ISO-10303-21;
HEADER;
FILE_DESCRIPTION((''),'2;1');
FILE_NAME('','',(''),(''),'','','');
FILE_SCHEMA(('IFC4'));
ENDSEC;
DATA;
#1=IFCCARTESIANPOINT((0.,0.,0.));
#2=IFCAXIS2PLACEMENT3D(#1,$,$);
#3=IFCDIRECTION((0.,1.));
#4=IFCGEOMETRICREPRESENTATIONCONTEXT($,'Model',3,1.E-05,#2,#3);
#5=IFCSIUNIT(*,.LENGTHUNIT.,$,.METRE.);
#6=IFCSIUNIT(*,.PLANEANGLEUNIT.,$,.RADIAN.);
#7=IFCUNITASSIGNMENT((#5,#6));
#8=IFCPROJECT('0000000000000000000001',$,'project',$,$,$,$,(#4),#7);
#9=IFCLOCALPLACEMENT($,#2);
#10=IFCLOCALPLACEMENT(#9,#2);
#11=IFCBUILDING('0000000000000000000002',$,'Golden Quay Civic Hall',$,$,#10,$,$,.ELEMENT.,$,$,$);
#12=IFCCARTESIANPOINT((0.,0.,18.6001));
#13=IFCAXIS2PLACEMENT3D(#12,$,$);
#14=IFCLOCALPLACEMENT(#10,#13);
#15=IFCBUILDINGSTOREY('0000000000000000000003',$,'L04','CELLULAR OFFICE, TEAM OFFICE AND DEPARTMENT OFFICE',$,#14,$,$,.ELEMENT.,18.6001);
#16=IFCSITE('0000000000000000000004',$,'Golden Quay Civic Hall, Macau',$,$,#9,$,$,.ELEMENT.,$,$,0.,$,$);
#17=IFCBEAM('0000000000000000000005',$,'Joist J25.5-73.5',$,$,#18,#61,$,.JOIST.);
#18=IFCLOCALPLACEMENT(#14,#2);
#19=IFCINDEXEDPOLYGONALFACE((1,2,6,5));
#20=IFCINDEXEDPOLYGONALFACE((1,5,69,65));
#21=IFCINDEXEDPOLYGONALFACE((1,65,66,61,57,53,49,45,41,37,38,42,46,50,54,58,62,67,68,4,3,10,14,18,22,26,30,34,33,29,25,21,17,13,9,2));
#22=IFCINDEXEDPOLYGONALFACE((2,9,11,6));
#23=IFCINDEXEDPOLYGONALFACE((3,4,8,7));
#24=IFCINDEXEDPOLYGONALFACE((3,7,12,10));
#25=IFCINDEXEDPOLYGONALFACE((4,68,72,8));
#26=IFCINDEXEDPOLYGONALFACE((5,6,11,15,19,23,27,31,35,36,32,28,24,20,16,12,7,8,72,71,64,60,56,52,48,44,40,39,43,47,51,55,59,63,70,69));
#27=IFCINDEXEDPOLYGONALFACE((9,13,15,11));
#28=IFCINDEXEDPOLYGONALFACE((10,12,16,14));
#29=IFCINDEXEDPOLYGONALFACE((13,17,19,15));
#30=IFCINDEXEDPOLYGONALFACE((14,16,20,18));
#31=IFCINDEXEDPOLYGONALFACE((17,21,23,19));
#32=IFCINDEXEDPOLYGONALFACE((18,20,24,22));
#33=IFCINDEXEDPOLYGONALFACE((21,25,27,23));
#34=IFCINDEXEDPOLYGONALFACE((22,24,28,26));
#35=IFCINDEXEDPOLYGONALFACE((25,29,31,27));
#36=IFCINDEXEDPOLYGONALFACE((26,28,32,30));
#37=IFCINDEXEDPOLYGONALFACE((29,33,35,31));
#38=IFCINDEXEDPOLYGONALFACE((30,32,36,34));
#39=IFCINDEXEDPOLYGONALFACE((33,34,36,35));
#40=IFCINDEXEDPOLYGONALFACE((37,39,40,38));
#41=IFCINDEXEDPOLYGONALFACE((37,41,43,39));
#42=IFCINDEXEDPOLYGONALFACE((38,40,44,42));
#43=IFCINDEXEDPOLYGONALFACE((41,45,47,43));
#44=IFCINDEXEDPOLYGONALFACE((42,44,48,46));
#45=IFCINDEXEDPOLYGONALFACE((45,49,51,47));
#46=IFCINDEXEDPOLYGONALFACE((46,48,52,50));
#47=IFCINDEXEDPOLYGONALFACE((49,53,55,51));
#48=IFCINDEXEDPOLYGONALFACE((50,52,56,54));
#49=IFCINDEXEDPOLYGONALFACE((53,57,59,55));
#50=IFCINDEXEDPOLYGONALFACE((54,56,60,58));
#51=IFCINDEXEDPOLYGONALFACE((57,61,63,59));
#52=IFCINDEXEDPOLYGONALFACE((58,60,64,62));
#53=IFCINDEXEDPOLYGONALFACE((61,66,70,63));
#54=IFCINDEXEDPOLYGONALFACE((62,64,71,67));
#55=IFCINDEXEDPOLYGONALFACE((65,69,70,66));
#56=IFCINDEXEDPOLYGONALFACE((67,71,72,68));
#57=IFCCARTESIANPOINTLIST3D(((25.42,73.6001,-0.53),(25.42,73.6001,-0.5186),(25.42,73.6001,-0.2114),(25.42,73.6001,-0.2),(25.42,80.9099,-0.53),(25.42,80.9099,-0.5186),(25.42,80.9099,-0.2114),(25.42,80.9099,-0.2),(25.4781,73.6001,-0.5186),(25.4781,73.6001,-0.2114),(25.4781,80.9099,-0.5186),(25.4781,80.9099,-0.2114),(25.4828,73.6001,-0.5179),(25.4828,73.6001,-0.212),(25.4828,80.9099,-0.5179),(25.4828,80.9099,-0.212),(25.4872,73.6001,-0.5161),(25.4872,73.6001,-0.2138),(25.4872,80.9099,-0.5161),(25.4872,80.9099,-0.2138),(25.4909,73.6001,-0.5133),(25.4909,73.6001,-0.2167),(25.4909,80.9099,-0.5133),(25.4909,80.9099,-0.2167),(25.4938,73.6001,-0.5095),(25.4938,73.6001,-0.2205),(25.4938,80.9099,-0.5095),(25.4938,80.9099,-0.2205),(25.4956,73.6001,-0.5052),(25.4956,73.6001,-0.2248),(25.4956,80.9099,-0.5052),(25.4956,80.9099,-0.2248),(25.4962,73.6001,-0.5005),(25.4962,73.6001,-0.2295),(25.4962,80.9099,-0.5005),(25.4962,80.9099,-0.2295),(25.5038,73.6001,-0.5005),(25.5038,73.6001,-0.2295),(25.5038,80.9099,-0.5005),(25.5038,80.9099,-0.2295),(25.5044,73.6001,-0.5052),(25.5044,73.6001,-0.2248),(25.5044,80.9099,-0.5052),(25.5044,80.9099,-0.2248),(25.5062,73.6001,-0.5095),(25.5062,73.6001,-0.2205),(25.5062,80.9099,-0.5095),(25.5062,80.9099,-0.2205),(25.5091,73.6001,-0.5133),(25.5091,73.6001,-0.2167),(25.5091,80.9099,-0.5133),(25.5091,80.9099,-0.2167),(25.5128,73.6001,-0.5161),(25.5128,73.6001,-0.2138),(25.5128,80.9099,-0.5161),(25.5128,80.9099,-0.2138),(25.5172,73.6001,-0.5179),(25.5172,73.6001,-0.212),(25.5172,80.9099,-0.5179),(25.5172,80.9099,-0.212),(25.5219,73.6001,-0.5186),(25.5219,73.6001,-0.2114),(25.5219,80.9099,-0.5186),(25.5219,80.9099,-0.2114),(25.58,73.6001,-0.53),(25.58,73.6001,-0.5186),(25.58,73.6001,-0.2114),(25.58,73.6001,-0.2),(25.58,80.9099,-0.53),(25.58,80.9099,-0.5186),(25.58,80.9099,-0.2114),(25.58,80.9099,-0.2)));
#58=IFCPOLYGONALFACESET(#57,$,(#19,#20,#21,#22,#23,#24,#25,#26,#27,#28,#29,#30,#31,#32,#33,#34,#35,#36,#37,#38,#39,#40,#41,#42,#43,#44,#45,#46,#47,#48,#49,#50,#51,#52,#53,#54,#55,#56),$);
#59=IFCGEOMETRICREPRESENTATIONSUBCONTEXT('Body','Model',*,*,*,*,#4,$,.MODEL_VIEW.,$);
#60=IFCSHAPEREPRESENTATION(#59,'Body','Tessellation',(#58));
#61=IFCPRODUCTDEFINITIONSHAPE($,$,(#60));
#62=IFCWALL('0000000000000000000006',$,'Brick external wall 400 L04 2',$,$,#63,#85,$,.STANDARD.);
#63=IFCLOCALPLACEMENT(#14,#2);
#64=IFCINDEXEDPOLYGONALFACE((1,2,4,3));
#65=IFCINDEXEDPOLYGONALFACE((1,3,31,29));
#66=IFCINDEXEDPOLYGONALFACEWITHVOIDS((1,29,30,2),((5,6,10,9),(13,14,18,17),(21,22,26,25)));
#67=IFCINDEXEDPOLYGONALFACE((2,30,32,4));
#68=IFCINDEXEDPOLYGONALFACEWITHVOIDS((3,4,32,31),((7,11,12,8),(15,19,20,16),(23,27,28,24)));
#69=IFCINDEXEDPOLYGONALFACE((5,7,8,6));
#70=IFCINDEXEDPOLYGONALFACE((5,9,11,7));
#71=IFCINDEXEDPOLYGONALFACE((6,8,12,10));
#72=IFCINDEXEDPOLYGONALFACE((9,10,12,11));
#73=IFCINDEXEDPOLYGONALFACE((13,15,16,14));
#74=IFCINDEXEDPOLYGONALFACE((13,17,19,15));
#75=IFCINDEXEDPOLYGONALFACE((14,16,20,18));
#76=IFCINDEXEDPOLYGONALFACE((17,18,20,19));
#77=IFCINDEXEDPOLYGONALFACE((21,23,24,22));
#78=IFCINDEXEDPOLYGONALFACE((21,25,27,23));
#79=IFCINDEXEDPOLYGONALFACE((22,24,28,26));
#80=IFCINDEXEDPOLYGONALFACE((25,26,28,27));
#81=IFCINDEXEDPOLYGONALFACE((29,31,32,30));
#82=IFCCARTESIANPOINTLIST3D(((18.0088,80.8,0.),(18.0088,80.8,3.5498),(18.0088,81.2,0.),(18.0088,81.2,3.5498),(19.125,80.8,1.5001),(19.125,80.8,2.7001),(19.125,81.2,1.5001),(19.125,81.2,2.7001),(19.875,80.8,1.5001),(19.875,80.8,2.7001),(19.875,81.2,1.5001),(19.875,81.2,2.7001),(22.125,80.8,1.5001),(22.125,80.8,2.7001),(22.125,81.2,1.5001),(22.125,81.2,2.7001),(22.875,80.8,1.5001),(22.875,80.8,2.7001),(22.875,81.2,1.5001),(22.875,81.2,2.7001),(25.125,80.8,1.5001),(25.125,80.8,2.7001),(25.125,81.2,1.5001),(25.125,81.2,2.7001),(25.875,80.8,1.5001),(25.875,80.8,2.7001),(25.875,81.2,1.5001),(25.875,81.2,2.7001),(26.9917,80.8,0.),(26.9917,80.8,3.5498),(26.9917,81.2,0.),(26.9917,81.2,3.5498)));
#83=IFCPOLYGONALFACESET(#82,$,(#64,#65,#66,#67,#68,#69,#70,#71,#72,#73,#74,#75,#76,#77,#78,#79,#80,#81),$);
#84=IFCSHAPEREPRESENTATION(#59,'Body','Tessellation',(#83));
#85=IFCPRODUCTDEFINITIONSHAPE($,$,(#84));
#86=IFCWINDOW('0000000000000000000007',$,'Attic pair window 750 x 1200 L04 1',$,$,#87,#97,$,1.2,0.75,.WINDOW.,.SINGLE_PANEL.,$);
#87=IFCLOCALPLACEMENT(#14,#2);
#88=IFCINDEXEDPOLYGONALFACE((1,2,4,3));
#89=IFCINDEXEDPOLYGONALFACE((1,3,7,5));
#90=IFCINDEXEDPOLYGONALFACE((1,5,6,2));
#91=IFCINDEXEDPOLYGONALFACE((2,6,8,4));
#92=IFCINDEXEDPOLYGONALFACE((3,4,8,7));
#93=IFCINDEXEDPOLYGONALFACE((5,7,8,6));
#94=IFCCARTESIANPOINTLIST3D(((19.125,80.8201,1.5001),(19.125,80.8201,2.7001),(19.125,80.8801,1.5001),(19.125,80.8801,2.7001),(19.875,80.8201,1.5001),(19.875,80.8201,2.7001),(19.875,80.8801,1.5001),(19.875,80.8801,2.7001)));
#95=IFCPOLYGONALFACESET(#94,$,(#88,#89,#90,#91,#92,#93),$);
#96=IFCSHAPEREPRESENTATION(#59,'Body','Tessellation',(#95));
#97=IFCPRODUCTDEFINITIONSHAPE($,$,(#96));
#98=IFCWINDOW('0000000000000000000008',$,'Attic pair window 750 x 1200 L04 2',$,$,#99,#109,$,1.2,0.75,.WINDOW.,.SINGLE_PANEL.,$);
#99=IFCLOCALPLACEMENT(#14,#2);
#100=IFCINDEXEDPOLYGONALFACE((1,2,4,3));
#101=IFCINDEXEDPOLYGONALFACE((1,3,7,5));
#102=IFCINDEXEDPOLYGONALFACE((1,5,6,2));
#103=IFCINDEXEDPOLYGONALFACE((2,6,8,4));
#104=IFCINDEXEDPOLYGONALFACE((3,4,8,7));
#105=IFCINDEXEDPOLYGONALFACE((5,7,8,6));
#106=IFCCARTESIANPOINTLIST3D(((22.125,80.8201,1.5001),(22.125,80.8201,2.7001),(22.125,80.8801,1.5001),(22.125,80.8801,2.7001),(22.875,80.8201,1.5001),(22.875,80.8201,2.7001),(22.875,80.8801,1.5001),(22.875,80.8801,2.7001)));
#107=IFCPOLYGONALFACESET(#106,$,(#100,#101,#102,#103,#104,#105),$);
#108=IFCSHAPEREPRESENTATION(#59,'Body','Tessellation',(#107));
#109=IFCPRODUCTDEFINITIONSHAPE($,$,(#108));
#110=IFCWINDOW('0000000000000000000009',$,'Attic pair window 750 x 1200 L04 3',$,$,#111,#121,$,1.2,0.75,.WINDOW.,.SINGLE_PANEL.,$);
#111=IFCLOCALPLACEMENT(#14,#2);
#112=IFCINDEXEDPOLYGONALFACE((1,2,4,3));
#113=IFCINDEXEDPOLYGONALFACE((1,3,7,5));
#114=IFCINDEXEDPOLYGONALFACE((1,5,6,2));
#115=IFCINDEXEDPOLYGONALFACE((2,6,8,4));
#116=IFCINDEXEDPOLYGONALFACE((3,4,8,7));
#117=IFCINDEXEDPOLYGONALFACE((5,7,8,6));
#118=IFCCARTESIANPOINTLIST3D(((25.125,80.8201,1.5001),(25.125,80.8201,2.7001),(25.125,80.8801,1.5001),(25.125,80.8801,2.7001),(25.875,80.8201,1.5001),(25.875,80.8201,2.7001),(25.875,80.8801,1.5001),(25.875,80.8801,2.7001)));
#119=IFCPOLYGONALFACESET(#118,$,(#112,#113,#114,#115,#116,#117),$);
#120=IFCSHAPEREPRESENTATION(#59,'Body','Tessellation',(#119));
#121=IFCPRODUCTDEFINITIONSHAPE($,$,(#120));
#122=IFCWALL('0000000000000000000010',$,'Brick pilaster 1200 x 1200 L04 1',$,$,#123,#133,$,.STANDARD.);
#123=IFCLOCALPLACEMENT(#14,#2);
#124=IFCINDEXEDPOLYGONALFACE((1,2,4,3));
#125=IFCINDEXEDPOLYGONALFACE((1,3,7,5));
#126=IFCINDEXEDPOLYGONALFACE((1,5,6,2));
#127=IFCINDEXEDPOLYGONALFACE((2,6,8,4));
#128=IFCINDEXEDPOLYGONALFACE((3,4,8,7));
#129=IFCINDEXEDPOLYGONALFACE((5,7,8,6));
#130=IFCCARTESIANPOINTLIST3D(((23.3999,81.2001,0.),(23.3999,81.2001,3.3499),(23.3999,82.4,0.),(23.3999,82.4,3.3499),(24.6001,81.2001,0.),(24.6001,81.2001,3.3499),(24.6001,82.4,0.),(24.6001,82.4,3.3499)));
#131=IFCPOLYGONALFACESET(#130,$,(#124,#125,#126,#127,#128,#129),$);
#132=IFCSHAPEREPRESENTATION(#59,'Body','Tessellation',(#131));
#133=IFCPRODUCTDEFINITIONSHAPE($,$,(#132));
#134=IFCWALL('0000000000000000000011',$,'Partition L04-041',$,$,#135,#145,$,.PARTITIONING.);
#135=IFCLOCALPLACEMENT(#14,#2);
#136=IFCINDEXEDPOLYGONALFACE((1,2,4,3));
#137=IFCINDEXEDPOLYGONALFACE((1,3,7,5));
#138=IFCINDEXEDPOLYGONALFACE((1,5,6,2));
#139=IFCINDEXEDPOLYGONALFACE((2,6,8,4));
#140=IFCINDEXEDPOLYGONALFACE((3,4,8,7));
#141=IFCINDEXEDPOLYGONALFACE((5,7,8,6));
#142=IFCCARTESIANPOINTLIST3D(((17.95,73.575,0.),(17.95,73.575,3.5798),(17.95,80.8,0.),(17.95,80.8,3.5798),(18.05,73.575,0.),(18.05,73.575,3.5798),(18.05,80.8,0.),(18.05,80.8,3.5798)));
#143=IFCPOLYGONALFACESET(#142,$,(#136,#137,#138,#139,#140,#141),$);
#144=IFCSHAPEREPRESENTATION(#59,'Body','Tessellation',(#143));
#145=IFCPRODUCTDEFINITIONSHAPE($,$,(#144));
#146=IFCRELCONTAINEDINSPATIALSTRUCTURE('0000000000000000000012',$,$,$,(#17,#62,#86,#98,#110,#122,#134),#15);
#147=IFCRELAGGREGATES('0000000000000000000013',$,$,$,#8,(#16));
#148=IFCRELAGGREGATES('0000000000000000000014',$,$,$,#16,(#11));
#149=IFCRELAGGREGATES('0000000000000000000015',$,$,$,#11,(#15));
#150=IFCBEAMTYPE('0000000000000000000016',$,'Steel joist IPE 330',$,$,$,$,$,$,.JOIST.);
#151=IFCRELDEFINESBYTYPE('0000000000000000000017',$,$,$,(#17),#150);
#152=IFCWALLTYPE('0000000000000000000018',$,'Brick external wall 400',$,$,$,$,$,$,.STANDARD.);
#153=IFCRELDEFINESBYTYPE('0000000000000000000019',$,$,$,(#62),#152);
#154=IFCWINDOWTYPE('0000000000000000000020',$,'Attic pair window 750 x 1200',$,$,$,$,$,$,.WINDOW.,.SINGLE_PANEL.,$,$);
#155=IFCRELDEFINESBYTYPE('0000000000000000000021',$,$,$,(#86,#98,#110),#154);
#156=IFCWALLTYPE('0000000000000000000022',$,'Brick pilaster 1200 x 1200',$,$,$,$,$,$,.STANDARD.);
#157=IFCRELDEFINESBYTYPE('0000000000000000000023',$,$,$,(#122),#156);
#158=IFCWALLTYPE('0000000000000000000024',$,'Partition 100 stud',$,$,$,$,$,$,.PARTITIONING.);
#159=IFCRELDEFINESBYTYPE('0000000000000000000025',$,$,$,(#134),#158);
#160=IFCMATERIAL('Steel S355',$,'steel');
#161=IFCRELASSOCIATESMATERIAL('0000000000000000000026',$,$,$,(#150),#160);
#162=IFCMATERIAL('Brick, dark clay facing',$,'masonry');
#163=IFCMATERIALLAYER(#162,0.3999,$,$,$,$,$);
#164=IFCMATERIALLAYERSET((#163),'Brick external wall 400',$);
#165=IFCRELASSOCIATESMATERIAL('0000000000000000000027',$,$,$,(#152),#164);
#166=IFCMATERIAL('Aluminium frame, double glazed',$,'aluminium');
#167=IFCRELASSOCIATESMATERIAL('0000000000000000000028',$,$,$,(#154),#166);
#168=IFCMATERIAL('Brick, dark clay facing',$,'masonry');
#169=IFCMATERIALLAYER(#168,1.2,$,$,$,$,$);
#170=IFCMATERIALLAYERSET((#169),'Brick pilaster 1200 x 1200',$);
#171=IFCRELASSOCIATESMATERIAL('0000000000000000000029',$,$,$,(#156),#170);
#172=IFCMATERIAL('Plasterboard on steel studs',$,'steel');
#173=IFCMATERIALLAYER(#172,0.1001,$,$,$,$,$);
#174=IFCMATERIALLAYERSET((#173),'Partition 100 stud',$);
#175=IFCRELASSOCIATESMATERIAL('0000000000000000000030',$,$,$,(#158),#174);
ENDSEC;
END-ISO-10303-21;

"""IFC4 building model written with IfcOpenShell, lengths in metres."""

from ifc_helpers import new_model, si_unit, direction, frame, frame_2d, origin, origin_2d, place, context, subcontext, project, spatial, rectangle, i_section, extrude, material, layer, layer_set, material_profile, profile_set, type_object, element, fill, save


model = new_model("IFC4")

# Units and contexts
model_context = context("Model", 3, precision=1e-05, world=origin(), true_north=direction((0.0, 1.0)))
body_context = subcontext(model_context, "Body", "Model", "MODEL_VIEW")
ifc_project = project(units=[si_unit("LENGTHUNIT", "METRE"), si_unit("PLANEANGLEUNIT", "RADIAN")], contexts=[model_context])

# Site, building, storey
site_placement = place(None, origin())
site = spatial("IfcSite", under=ifc_project, at=site_placement, Name="Golden Quay Civic Hall, Macau", CompositionType="ELEMENT", RefElevation=0.0)
building_placement = place(site_placement, origin())
building = spatial("IfcBuilding", under=site, at=building_placement, Name="Golden Quay Civic Hall", CompositionType="ELEMENT")
storey_placement = place(building_placement, frame((0.0, 0.0, 18.6001)))
storey = spatial("IfcBuildingStorey", under=building, at=storey_placement, Name="L04", Description="CELLULAR OFFICE, TEAM OFFICE AND DEPARTMENT OFFICE", CompositionType="ELEMENT", Elevation=18.6001)

# Beam
ifc_material_1 = material(Name="Steel S355", Category="steel")
ifc_material_profile_1 = material_profile(ifc_material_1, i_section(OverallWidth=0.1599, OverallDepth=0.3301, WebThickness=0.0076, FlangeThickness=0.0115, FilletRadius=0.0181, at=origin_2d()), Name="IPE 330")
ifc_profile_set_1 = profile_set([ifc_material_profile_1], Name="Steel S355")
beam_type_1 = type_object("IfcBeamType", Name="Steel joist IPE 330", PredefinedType="JOIST", material=ifc_profile_set_1)
for number, where, z_axis, x_axis, name in (
    (1, (25.5, 73.6001, -0.365), (0.0, 1.0, 0.0), (-1.0, 0.0, 0.0), "Joist J25.5-73.5"),
):
    element("IfcBeam", number, at=place(storey_placement, frame(where, z_axis=z_axis, x_axis=x_axis)), inside=storey, type_object=beam_type_1, Name=name, PredefinedType="JOIST", context=body_context, shape_type="SweptSolid", body=[
        extrude(i_section(OverallWidth=0.1599, OverallDepth=0.3301, WebThickness=0.0076, FlangeThickness=0.0115, FilletRadius=0.0181, at=origin_2d()), origin(), (0.0, 0.0, 1.0), 7.3098),
    ])

# Wall, openings, windows
ifc_material_2 = material(Name="Brick, dark clay facing", Category="masonry")
ifc_layer_1 = layer(ifc_material_2, 0.3999)
ifc_layer_set_1 = layer_set([ifc_layer_1], Name="Brick external wall 400")
wall_type_1 = type_object("IfcWallType", Name="Brick external wall 400", PredefinedType="STANDARD", material=ifc_layer_set_1)
wall_1_placement = place(storey_placement, frame((18.0088, 81.0, 0.0), z_axis=(0.0, 0.0, 1.0), x_axis=(1.0, 0.0, 0.0)))
wall_1 = element("IfcWall", 2, at=wall_1_placement, inside=storey, type_object=wall_type_1, Name="Brick external wall 400 L04 2", PredefinedType="STANDARD", context=body_context, shape_type="SweptSolid", body=[
    extrude(rectangle(XDim=8.9829, YDim=0.3999, at=frame_2d((4.4915, 0.0))), origin(), (0.0, 0.0, 1.0), 3.5498),
])
opening_1_placement = place(wall_1_placement, frame((1.1162, 0.0, 1.5)))
opening_1 = element("IfcOpeningElement", 3, at=opening_1_placement, cuts=wall_1, PredefinedType="OPENING", context=body_context, shape_type="SweptSolid", body=[
    extrude(rectangle(XDim=0.75, YDim=1.2, at=frame_2d((0.375, 0.6001))), frame((0.0, 0.21, 0.0), z_axis=(0.0, -1.0, 0.0), x_axis=(1.0, 0.0, 0.0)), (0.0, 0.0, 1.0), 0.4199),
])
opening_2_placement = place(wall_1_placement, frame((4.1162, 0.0, 1.5)))
opening_2 = element("IfcOpeningElement", 4, at=opening_2_placement, cuts=wall_1, PredefinedType="OPENING", context=body_context, shape_type="SweptSolid", body=[
    extrude(rectangle(XDim=0.75, YDim=1.2, at=frame_2d((0.375, 0.6001))), frame((0.0, 0.21, 0.0), z_axis=(0.0, -1.0, 0.0), x_axis=(1.0, 0.0, 0.0)), (0.0, 0.0, 1.0), 0.4199),
])
opening_3_placement = place(wall_1_placement, frame((7.1162, 0.0, 1.5)))
opening_3 = element("IfcOpeningElement", 5, at=opening_3_placement, cuts=wall_1, PredefinedType="OPENING", context=body_context, shape_type="SweptSolid", body=[
    extrude(rectangle(XDim=0.75, YDim=1.2, at=frame_2d((0.375, 0.6001))), frame((0.0, 0.21, 0.0), z_axis=(0.0, -1.0, 0.0), x_axis=(1.0, 0.0, 0.0)), (0.0, 0.0, 1.0), 0.4199),
])
ifc_material_3 = material(Name="Aluminium frame, double glazed", Category="aluminium")
window_type = type_object("IfcWindowType", Name="Attic pair window 750 x 1200", PartitioningType="SINGLE_PANEL", PredefinedType="WINDOW", material=ifc_material_3)
window_1_placement = place(opening_1_placement, origin())
window_1 = element("IfcWindow", 6, at=window_1_placement, inside=storey, type_object=window_type, Name="Attic pair window 750 x 1200 L04 1", OverallHeight=1.2, OverallWidth=0.75, PartitioningType="SINGLE_PANEL", PredefinedType="WINDOW", context=body_context, shape_type="SweptSolid", body=[
    extrude(rectangle(XDim=0.75, YDim=1.2, at=frame_2d((0.375, 0.6001))), frame((0.0, -0.1199, 0.0), z_axis=(0.0, -1.0, 0.0), x_axis=(1.0, 0.0, 0.0)), (0.0, 0.0, 1.0), 0.0601),
])
fill(opening_1, window_1)
window_2_placement = place(opening_2_placement, origin())
window_2 = element("IfcWindow", 7, at=window_2_placement, inside=storey, type_object=window_type, Name="Attic pair window 750 x 1200 L04 2", OverallHeight=1.2, OverallWidth=0.75, PartitioningType="SINGLE_PANEL", PredefinedType="WINDOW", context=body_context, shape_type="SweptSolid", body=[
    extrude(rectangle(XDim=0.75, YDim=1.2, at=frame_2d((0.375, 0.6001))), frame((0.0, -0.1199, 0.0), z_axis=(0.0, -1.0, 0.0), x_axis=(1.0, 0.0, 0.0)), (0.0, 0.0, 1.0), 0.0601),
])
fill(opening_2, window_2)
window_3_placement = place(opening_3_placement, origin())
window_3 = element("IfcWindow", 8, at=window_3_placement, inside=storey, type_object=window_type, Name="Attic pair window 750 x 1200 L04 3", OverallHeight=1.2, OverallWidth=0.75, PartitioningType="SINGLE_PANEL", PredefinedType="WINDOW", context=body_context, shape_type="SweptSolid", body=[
    extrude(rectangle(XDim=0.75, YDim=1.2, at=frame_2d((0.375, 0.6001))), frame((0.0, -0.1199, 0.0), z_axis=(0.0, -1.0, 0.0), x_axis=(1.0, 0.0, 0.0)), (0.0, 0.0, 1.0), 0.0601),
])
fill(opening_3, window_3)

# Walls
ifc_material_4 = material(Name="Brick, dark clay facing", Category="masonry")
ifc_layer_2 = layer(ifc_material_4, 1.2)
ifc_layer_set_2 = layer_set([ifc_layer_2], Name="Brick pilaster 1200 x 1200")
wall_type_2 = type_object("IfcWallType", Name="Brick pilaster 1200 x 1200", PredefinedType="STANDARD", material=ifc_layer_set_2)
wall_2_placement = place(storey_placement, frame((23.3999, 81.8, 0.0), z_axis=(0.0, 0.0, 1.0), x_axis=(1.0, 0.0, 0.0)))
element("IfcWall", 9, at=wall_2_placement, inside=storey, type_object=wall_type_2, Name="Brick pilaster 1200 x 1200 L04 1", PredefinedType="STANDARD", context=body_context, shape_type="SweptSolid", body=[
    extrude(rectangle(XDim=1.2002, YDim=1.2, at=frame_2d((0.6001, 0.0))), origin(), (0.0, 0.0, 1.0), 3.3499),
])
ifc_material_5 = material(Name="Plasterboard on steel studs", Category="steel")
ifc_layer_3 = layer(ifc_material_5, 0.1001)
ifc_layer_set_3 = layer_set([ifc_layer_3], Name="Partition 100 stud")
wall_type_3 = type_object("IfcWallType", Name="Partition 100 stud", PredefinedType="PARTITIONING", material=ifc_layer_set_3)
wall_3_placement = place(storey_placement, frame((18.0, 73.575, 0.0), z_axis=(0.0, 0.0, 1.0), x_axis=(0.0, 1.0, 0.0)))
element("IfcWall", 10, at=wall_3_placement, inside=storey, type_object=wall_type_3, Name="Partition L04-041", PredefinedType="PARTITIONING", context=body_context, shape_type="SweptSolid", body=[
    extrude(rectangle(XDim=7.2251, YDim=0.1001, at=frame_2d((3.6125, 0.0))), origin(), (0.0, 0.0, 1.0), 3.5798),
])

save(model, "model.ifc")
